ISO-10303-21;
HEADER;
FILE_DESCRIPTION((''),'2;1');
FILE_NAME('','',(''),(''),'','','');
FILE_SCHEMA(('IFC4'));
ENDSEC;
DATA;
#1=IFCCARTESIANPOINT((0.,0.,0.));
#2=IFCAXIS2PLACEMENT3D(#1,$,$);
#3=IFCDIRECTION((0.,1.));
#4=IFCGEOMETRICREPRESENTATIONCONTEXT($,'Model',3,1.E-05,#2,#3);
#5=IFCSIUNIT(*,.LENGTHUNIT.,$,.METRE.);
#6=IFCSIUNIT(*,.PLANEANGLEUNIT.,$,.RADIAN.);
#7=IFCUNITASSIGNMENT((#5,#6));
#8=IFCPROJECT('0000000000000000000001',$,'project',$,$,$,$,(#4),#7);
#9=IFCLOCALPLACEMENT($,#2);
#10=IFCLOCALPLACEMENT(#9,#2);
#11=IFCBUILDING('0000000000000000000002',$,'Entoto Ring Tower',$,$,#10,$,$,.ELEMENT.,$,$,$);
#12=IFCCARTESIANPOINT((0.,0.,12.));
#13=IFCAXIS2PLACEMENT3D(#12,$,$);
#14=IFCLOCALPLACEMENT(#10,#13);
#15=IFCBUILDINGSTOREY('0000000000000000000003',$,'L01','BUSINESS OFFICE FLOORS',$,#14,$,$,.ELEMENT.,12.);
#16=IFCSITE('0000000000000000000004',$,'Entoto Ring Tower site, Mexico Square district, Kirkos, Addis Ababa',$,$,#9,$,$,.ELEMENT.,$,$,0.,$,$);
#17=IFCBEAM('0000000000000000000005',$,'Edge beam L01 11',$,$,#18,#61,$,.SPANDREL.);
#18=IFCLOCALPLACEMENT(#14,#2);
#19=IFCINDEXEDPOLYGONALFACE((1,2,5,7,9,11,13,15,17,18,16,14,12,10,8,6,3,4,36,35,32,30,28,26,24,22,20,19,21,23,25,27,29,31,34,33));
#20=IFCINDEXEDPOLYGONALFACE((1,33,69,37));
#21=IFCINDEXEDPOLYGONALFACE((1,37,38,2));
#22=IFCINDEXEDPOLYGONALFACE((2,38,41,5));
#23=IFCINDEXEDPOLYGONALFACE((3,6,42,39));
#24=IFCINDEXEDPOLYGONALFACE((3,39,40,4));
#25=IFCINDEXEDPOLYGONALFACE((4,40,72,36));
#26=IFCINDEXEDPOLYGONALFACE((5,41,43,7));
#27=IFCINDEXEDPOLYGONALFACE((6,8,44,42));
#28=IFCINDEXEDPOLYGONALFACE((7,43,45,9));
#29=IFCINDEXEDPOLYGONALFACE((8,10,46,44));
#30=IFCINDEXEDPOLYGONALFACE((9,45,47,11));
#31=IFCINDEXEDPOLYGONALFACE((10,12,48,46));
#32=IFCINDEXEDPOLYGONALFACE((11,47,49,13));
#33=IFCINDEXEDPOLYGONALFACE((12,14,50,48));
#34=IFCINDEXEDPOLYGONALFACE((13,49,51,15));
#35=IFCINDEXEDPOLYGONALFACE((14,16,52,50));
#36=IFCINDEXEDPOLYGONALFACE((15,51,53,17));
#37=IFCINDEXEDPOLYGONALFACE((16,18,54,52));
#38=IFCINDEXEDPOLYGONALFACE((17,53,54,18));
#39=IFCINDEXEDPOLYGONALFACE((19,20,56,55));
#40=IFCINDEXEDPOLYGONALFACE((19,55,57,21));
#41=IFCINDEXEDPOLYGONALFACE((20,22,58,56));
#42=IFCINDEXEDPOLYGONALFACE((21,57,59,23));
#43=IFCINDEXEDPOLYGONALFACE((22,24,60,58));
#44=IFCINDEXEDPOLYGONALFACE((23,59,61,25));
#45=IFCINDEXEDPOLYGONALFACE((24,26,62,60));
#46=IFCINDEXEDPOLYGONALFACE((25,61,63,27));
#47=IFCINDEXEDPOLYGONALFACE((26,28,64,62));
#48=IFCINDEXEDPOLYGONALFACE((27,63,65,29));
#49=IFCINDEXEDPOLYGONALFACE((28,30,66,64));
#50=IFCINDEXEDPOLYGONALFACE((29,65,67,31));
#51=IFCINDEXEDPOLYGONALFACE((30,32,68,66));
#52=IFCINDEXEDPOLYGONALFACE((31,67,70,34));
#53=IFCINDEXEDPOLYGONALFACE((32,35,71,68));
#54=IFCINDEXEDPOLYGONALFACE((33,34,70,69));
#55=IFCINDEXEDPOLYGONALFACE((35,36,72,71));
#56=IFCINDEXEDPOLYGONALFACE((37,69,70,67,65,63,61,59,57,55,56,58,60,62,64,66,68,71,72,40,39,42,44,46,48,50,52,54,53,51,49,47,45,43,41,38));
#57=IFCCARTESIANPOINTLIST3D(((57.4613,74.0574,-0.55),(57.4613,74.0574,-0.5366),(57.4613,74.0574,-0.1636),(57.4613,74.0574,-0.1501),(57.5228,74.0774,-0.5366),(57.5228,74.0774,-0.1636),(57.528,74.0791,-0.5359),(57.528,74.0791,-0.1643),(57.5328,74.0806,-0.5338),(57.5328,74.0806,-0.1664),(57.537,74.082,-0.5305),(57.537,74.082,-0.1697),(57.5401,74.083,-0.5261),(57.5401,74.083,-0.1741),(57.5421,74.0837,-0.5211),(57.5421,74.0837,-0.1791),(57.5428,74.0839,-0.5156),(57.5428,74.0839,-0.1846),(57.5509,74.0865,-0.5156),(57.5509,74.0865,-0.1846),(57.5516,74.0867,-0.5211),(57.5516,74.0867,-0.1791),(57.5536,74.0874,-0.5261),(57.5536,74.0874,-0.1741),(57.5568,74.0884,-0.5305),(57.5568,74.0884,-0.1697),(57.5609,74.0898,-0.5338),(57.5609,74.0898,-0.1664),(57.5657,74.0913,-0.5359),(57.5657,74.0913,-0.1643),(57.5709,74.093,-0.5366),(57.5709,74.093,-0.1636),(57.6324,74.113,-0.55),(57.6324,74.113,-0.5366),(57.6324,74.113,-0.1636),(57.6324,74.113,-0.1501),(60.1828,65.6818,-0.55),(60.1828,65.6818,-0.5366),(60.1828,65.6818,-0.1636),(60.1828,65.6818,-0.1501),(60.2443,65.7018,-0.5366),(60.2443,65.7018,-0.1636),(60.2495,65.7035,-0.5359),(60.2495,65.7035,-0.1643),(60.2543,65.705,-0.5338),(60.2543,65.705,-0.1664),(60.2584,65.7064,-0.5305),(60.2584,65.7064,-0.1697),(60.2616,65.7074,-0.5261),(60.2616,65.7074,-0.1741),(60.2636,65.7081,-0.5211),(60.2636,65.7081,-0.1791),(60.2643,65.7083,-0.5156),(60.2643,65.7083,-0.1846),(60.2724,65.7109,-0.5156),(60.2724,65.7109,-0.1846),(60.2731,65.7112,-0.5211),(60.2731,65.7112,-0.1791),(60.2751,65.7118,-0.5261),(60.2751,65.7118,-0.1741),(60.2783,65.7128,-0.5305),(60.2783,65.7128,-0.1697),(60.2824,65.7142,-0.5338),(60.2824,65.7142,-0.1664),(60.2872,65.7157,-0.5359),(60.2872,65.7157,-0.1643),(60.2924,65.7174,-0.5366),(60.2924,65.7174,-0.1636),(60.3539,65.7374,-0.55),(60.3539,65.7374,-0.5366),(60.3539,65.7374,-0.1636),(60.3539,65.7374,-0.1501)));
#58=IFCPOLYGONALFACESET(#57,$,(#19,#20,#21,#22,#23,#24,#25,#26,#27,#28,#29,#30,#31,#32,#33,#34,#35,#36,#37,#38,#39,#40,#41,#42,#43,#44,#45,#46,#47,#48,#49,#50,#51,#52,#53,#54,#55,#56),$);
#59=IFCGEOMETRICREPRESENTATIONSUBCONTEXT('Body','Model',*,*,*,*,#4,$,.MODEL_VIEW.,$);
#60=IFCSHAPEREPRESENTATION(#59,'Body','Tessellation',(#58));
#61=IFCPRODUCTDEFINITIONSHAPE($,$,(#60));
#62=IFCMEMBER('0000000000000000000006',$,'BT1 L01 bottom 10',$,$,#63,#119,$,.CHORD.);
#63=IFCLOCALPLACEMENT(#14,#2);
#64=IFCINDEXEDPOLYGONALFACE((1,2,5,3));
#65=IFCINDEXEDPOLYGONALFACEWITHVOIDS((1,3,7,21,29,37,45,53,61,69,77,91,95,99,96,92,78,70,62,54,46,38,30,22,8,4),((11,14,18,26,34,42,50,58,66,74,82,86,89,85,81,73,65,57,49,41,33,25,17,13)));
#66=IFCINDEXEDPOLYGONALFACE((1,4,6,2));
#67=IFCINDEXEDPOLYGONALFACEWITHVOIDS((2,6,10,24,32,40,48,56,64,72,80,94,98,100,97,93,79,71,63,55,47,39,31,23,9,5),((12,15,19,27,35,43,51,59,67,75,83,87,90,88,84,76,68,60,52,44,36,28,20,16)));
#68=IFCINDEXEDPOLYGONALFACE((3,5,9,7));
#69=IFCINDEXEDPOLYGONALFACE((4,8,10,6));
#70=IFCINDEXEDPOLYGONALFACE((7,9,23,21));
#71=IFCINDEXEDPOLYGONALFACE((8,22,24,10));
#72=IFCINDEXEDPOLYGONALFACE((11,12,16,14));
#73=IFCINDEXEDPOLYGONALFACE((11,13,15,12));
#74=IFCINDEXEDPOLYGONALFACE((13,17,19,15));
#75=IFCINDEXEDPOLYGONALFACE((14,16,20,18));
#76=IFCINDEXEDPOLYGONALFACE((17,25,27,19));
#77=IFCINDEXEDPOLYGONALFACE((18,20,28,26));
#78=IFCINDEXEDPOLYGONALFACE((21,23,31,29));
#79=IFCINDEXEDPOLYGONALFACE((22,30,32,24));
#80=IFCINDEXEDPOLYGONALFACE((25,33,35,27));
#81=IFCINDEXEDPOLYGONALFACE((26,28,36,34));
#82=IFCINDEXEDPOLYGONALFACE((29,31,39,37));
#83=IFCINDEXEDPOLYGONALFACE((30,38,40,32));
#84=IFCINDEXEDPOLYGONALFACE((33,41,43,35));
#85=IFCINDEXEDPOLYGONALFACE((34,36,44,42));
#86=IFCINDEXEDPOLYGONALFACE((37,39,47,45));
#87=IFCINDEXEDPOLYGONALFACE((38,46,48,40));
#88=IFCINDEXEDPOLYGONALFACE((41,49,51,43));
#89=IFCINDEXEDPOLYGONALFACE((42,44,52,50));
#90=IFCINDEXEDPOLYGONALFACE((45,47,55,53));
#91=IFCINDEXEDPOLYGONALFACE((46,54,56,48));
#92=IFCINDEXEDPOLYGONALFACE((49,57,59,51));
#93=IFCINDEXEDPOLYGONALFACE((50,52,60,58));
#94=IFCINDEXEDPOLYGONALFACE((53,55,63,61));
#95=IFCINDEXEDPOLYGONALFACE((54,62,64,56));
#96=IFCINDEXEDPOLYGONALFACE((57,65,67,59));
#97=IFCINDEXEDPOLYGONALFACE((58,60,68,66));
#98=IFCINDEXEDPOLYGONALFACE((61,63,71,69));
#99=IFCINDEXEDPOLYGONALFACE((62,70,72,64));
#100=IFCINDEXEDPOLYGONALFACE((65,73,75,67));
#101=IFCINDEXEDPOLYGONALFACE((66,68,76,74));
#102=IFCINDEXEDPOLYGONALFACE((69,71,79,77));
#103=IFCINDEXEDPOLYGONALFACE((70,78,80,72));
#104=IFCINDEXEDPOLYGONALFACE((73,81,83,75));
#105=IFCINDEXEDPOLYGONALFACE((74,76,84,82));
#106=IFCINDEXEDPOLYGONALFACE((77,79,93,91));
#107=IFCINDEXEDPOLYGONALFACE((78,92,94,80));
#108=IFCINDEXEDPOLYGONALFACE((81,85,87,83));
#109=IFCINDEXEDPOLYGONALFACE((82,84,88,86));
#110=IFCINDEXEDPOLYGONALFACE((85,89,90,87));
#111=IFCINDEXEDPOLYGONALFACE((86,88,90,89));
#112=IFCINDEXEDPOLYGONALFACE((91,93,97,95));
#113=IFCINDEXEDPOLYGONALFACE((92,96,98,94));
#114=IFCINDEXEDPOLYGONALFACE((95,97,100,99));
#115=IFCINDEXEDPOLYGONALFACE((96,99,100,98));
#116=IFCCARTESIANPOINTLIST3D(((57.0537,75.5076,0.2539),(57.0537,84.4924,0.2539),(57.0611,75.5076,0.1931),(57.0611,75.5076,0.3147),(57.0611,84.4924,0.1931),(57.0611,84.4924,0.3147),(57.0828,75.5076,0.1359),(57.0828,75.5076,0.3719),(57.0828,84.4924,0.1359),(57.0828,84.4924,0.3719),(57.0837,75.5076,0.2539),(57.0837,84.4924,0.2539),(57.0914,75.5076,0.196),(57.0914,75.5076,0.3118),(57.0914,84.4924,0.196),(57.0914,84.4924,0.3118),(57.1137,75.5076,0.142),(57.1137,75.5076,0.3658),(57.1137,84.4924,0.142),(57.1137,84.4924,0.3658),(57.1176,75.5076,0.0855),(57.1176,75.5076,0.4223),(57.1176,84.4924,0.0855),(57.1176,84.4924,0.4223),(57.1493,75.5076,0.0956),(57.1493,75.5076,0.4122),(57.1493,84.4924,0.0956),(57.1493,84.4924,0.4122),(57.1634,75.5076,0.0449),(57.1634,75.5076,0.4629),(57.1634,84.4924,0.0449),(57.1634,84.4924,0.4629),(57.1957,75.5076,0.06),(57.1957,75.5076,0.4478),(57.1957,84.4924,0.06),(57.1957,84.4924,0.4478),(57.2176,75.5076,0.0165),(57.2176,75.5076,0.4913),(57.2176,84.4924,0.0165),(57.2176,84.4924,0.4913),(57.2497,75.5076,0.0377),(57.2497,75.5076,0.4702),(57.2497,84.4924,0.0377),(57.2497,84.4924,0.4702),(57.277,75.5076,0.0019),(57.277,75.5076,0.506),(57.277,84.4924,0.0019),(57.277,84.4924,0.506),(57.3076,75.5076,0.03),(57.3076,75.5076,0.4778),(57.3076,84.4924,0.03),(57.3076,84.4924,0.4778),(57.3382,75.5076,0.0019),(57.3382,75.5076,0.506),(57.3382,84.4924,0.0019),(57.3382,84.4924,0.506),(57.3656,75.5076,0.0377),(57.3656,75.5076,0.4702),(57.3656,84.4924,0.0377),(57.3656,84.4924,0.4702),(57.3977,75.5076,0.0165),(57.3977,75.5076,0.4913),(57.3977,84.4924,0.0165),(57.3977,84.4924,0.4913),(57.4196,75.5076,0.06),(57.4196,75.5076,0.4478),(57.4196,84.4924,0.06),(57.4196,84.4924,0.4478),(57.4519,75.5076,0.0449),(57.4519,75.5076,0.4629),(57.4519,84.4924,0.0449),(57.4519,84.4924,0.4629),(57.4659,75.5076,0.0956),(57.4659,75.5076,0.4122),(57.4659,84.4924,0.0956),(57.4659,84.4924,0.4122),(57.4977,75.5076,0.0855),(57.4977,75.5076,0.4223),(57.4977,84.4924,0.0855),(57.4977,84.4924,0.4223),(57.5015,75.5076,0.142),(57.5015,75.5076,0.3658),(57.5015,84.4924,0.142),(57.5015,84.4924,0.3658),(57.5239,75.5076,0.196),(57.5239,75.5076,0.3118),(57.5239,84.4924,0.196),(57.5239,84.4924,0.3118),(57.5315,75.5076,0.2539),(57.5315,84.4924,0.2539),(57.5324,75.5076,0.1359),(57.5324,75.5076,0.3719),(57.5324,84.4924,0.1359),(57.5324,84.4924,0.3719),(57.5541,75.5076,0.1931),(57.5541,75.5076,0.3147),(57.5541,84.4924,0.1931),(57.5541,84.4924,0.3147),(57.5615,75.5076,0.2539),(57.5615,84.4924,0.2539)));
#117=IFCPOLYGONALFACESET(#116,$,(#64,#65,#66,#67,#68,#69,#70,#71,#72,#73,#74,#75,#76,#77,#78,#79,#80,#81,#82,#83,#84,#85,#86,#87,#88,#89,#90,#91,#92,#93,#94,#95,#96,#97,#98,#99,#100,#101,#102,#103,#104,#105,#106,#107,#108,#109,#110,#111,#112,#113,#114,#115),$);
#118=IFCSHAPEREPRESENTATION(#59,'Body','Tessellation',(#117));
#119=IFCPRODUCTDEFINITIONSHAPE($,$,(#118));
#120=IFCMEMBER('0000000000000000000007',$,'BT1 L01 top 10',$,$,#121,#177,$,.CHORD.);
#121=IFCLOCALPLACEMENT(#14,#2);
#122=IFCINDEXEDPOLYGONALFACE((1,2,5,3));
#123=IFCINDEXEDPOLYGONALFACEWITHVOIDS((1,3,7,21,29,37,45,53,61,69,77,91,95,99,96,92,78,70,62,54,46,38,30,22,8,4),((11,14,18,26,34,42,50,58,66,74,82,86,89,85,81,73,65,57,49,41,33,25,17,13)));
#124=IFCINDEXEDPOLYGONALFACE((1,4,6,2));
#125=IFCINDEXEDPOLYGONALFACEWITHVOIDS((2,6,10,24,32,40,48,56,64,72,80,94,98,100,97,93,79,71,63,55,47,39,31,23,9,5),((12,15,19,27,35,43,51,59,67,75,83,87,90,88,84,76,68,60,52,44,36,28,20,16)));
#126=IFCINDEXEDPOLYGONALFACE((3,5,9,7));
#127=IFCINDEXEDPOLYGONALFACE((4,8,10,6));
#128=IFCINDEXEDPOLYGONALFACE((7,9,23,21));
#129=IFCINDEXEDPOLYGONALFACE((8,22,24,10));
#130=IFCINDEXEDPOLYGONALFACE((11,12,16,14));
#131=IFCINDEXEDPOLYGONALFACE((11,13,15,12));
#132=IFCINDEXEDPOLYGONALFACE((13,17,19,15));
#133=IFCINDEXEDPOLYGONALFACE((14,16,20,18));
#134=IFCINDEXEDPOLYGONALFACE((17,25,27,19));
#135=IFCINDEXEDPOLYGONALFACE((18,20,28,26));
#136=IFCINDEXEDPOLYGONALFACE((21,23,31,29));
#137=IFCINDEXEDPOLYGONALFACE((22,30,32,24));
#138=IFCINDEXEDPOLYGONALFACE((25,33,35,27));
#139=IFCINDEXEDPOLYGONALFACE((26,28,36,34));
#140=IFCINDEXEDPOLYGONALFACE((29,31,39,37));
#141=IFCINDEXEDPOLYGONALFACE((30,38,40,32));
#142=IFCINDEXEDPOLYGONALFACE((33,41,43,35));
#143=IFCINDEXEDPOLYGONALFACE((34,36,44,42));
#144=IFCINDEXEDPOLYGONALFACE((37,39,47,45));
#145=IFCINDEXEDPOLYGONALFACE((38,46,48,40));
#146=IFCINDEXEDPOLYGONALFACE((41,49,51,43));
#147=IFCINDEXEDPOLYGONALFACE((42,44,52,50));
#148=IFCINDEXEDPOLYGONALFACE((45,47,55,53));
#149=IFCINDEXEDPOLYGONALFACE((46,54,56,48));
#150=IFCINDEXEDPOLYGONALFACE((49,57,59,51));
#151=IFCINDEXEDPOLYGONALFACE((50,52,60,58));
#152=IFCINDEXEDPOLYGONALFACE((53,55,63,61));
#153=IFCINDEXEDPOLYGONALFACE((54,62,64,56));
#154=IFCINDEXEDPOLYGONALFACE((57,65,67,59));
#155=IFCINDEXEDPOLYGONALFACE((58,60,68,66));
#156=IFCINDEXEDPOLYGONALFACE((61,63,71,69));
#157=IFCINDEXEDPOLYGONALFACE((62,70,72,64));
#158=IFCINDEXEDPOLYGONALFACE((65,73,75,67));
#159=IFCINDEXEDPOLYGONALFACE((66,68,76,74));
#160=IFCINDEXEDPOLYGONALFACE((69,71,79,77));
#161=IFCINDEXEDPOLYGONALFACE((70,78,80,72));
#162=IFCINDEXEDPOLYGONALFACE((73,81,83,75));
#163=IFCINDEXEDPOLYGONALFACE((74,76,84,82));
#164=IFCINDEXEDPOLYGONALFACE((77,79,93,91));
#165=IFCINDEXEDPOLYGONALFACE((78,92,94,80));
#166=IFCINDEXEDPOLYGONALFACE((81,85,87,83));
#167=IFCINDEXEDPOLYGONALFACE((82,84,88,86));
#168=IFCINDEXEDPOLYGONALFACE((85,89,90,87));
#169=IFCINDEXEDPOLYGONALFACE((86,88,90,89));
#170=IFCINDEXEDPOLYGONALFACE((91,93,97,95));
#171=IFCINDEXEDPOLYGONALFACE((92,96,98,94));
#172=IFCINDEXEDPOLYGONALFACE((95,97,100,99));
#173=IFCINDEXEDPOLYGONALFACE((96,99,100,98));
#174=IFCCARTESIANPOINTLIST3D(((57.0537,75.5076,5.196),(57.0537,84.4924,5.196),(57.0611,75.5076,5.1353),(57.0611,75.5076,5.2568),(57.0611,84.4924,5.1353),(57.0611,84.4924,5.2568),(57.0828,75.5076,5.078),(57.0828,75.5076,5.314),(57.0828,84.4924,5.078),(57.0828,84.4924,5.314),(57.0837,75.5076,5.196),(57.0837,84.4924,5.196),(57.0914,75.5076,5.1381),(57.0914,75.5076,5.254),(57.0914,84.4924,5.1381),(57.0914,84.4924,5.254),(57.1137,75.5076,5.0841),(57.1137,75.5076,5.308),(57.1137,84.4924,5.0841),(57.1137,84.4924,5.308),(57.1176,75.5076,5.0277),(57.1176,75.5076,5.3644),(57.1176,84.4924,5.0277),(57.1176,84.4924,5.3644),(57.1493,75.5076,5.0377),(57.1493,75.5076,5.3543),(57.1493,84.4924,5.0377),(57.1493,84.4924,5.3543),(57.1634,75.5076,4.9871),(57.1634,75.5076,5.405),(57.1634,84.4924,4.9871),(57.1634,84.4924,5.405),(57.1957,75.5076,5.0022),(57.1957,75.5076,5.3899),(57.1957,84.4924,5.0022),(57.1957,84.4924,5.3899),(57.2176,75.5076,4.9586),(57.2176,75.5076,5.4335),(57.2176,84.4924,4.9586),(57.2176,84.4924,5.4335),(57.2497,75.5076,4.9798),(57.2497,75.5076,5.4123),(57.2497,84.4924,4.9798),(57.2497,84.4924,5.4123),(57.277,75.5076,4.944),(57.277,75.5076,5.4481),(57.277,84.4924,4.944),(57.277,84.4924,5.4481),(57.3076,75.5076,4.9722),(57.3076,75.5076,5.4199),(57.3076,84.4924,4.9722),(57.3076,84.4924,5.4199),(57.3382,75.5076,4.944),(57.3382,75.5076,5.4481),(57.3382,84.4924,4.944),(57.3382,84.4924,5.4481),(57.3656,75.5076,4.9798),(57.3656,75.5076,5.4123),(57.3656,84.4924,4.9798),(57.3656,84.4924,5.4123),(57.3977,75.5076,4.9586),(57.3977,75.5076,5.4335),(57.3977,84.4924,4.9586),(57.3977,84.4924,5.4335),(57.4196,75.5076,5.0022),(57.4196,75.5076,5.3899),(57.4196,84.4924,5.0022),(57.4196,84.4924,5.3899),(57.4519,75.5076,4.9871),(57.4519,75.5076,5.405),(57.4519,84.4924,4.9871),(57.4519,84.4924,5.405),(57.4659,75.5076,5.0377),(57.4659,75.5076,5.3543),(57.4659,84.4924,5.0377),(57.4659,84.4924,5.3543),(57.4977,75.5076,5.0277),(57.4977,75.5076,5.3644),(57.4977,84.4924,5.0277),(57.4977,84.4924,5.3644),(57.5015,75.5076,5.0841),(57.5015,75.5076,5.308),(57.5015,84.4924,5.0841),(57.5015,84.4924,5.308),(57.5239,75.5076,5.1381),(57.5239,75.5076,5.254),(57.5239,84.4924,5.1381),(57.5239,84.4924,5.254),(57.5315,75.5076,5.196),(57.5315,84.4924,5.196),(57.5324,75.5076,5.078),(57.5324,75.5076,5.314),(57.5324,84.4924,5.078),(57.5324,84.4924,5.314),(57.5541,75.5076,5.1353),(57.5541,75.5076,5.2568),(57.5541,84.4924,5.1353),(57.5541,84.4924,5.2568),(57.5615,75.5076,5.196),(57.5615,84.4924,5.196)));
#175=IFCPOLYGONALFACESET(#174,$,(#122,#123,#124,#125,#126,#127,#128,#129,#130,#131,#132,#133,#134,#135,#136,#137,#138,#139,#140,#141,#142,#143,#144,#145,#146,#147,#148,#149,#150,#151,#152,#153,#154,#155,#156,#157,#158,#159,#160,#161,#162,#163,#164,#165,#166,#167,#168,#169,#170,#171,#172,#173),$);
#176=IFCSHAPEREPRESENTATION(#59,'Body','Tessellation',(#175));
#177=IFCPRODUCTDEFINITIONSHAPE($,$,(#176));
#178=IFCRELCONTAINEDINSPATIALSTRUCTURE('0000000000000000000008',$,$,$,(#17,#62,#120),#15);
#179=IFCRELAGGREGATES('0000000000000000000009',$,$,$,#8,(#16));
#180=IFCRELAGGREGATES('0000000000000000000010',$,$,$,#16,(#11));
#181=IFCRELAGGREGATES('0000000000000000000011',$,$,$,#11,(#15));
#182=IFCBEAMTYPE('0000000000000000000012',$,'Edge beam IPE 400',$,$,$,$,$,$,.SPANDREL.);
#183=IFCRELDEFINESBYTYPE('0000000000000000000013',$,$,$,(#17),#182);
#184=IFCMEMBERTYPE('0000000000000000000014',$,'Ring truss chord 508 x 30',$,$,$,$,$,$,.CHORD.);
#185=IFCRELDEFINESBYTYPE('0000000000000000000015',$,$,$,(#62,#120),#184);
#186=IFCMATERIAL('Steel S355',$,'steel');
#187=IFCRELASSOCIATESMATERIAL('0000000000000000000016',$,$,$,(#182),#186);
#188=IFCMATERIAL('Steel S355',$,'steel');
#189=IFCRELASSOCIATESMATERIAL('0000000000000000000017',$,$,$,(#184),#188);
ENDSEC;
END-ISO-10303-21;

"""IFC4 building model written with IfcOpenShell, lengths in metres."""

from ifc_helpers import new_model, si_unit, direction, frame, origin, origin_2d, place, context, subcontext, project, spatial, circle, hollow_circle, i_section, extrude, material, material_profile, profile_set, type_object, element, save


model = new_model("IFC4")

# Units and contexts
model_context = context("Model", 3, precision=1e-05, world=origin(), true_north=direction((0.0, 1.0)))
body_context = subcontext(model_context, "Body", "Model", "MODEL_VIEW")
ifc_project = project(units=[si_unit("LENGTHUNIT", "METRE"), si_unit("PLANEANGLEUNIT", "RADIAN")], contexts=[model_context])

# Site, building, storey
site_placement = place(None, origin())
site = spatial("IfcSite", under=ifc_project, at=site_placement, Name="Entoto Ring Tower site, Mexico Square district, Kirkos, Addis Ababa", CompositionType="ELEMENT", RefElevation=0.0)
building_placement = place(site_placement, origin())
building = spatial("IfcBuilding", under=site, at=building_placement, Name="Entoto Ring Tower", CompositionType="ELEMENT")
storey_placement = place(building_placement, frame((0.0, 0.0, 12.0)))
storey = spatial("IfcBuildingStorey", under=building, at=storey_placement, Name="L01", Description="BUSINESS OFFICE FLOORS", CompositionType="ELEMENT", Elevation=12.0)

# Beam
ifc_material_1 = material(Name="Steel S355", Category="steel")
ifc_material_profile_1 = material_profile(ifc_material_1, i_section(OverallWidth=0.1799, OverallDepth=0.3999, WebThickness=0.0085, FlangeThickness=0.0134, FilletRadius=0.021, at=origin_2d()), Name="IPE 400")
ifc_profile_set_1 = profile_set([ifc_material_profile_1], Name="Steel S355")
beam_type_1 = type_object("IfcBeamType", Name="Edge beam IPE 400", PredefinedType="SPANDREL", material=ifc_profile_set_1)
beam_1_placement = place(storey_placement, frame((57.5469, 74.0852, -0.3501), z_axis=(0.309025, -0.951054, 0.0), x_axis=(0.951054, 0.309025, 0.0)))
element("IfcBeam", 1, at=beam_1_placement, inside=storey, type_object=beam_type_1, Name="Edge beam L01 11", PredefinedType="SPANDREL", context=body_context, shape_type="SweptSolid", body=[
    extrude(i_section(OverallWidth=0.1799, OverallDepth=0.3999, WebThickness=0.0085, FlangeThickness=0.0134, FilletRadius=0.021, at=origin_2d()), origin(), (0.0, 0.0, 1.0), 8.8066),
])

# Members
ifc_material_2 = material(Name="Steel S355", Category="steel")
ifc_material_profile_2 = material_profile(ifc_material_2, hollow_circle(Radius=0.2539, WallThickness=0.03, at=origin_2d()), Name="CHS 508 x 30")
ifc_material_3 = material(Name="Concrete C60/75", Category="concrete")
ifc_material_profile_3 = material_profile(ifc_material_3, circle(Radius=0.2241, at=origin_2d()), Name="Concrete C60/75 infill")
ifc_profile_set_2 = profile_set([ifc_material_profile_2, ifc_material_profile_3], Name="Steel S355")
member_type_1 = type_object("IfcMemberType", Name="Ring truss chord 508 x 30", PredefinedType="CHORD", material=ifc_profile_set_2)
for number, where, z_axis, x_axis, name in (
    (2, (57.3076, 84.4924, 0.2539), (0.0, -1.0, 0.0), (1.0, 0.0, 0.0), "BT1 L01 bottom 10"),
    (3, (57.3076, 84.4924, 5.196), (0.0, -1.0, 0.0), (1.0, 0.0, 0.0), "BT1 L01 top 10"),
):
    element("IfcMember", number, at=place(storey_placement, frame(where, z_axis=z_axis, x_axis=x_axis)), inside=storey, type_object=member_type_1, Name=name, PredefinedType="CHORD", context=body_context, shape_type="SweptSolid", body=[
        extrude(hollow_circle(Radius=0.2539, WallThickness=0.03, at=origin_2d()), origin(), (0.0, 0.0, 1.0), 8.9849),
    ])

save(model, "model.ifc")
